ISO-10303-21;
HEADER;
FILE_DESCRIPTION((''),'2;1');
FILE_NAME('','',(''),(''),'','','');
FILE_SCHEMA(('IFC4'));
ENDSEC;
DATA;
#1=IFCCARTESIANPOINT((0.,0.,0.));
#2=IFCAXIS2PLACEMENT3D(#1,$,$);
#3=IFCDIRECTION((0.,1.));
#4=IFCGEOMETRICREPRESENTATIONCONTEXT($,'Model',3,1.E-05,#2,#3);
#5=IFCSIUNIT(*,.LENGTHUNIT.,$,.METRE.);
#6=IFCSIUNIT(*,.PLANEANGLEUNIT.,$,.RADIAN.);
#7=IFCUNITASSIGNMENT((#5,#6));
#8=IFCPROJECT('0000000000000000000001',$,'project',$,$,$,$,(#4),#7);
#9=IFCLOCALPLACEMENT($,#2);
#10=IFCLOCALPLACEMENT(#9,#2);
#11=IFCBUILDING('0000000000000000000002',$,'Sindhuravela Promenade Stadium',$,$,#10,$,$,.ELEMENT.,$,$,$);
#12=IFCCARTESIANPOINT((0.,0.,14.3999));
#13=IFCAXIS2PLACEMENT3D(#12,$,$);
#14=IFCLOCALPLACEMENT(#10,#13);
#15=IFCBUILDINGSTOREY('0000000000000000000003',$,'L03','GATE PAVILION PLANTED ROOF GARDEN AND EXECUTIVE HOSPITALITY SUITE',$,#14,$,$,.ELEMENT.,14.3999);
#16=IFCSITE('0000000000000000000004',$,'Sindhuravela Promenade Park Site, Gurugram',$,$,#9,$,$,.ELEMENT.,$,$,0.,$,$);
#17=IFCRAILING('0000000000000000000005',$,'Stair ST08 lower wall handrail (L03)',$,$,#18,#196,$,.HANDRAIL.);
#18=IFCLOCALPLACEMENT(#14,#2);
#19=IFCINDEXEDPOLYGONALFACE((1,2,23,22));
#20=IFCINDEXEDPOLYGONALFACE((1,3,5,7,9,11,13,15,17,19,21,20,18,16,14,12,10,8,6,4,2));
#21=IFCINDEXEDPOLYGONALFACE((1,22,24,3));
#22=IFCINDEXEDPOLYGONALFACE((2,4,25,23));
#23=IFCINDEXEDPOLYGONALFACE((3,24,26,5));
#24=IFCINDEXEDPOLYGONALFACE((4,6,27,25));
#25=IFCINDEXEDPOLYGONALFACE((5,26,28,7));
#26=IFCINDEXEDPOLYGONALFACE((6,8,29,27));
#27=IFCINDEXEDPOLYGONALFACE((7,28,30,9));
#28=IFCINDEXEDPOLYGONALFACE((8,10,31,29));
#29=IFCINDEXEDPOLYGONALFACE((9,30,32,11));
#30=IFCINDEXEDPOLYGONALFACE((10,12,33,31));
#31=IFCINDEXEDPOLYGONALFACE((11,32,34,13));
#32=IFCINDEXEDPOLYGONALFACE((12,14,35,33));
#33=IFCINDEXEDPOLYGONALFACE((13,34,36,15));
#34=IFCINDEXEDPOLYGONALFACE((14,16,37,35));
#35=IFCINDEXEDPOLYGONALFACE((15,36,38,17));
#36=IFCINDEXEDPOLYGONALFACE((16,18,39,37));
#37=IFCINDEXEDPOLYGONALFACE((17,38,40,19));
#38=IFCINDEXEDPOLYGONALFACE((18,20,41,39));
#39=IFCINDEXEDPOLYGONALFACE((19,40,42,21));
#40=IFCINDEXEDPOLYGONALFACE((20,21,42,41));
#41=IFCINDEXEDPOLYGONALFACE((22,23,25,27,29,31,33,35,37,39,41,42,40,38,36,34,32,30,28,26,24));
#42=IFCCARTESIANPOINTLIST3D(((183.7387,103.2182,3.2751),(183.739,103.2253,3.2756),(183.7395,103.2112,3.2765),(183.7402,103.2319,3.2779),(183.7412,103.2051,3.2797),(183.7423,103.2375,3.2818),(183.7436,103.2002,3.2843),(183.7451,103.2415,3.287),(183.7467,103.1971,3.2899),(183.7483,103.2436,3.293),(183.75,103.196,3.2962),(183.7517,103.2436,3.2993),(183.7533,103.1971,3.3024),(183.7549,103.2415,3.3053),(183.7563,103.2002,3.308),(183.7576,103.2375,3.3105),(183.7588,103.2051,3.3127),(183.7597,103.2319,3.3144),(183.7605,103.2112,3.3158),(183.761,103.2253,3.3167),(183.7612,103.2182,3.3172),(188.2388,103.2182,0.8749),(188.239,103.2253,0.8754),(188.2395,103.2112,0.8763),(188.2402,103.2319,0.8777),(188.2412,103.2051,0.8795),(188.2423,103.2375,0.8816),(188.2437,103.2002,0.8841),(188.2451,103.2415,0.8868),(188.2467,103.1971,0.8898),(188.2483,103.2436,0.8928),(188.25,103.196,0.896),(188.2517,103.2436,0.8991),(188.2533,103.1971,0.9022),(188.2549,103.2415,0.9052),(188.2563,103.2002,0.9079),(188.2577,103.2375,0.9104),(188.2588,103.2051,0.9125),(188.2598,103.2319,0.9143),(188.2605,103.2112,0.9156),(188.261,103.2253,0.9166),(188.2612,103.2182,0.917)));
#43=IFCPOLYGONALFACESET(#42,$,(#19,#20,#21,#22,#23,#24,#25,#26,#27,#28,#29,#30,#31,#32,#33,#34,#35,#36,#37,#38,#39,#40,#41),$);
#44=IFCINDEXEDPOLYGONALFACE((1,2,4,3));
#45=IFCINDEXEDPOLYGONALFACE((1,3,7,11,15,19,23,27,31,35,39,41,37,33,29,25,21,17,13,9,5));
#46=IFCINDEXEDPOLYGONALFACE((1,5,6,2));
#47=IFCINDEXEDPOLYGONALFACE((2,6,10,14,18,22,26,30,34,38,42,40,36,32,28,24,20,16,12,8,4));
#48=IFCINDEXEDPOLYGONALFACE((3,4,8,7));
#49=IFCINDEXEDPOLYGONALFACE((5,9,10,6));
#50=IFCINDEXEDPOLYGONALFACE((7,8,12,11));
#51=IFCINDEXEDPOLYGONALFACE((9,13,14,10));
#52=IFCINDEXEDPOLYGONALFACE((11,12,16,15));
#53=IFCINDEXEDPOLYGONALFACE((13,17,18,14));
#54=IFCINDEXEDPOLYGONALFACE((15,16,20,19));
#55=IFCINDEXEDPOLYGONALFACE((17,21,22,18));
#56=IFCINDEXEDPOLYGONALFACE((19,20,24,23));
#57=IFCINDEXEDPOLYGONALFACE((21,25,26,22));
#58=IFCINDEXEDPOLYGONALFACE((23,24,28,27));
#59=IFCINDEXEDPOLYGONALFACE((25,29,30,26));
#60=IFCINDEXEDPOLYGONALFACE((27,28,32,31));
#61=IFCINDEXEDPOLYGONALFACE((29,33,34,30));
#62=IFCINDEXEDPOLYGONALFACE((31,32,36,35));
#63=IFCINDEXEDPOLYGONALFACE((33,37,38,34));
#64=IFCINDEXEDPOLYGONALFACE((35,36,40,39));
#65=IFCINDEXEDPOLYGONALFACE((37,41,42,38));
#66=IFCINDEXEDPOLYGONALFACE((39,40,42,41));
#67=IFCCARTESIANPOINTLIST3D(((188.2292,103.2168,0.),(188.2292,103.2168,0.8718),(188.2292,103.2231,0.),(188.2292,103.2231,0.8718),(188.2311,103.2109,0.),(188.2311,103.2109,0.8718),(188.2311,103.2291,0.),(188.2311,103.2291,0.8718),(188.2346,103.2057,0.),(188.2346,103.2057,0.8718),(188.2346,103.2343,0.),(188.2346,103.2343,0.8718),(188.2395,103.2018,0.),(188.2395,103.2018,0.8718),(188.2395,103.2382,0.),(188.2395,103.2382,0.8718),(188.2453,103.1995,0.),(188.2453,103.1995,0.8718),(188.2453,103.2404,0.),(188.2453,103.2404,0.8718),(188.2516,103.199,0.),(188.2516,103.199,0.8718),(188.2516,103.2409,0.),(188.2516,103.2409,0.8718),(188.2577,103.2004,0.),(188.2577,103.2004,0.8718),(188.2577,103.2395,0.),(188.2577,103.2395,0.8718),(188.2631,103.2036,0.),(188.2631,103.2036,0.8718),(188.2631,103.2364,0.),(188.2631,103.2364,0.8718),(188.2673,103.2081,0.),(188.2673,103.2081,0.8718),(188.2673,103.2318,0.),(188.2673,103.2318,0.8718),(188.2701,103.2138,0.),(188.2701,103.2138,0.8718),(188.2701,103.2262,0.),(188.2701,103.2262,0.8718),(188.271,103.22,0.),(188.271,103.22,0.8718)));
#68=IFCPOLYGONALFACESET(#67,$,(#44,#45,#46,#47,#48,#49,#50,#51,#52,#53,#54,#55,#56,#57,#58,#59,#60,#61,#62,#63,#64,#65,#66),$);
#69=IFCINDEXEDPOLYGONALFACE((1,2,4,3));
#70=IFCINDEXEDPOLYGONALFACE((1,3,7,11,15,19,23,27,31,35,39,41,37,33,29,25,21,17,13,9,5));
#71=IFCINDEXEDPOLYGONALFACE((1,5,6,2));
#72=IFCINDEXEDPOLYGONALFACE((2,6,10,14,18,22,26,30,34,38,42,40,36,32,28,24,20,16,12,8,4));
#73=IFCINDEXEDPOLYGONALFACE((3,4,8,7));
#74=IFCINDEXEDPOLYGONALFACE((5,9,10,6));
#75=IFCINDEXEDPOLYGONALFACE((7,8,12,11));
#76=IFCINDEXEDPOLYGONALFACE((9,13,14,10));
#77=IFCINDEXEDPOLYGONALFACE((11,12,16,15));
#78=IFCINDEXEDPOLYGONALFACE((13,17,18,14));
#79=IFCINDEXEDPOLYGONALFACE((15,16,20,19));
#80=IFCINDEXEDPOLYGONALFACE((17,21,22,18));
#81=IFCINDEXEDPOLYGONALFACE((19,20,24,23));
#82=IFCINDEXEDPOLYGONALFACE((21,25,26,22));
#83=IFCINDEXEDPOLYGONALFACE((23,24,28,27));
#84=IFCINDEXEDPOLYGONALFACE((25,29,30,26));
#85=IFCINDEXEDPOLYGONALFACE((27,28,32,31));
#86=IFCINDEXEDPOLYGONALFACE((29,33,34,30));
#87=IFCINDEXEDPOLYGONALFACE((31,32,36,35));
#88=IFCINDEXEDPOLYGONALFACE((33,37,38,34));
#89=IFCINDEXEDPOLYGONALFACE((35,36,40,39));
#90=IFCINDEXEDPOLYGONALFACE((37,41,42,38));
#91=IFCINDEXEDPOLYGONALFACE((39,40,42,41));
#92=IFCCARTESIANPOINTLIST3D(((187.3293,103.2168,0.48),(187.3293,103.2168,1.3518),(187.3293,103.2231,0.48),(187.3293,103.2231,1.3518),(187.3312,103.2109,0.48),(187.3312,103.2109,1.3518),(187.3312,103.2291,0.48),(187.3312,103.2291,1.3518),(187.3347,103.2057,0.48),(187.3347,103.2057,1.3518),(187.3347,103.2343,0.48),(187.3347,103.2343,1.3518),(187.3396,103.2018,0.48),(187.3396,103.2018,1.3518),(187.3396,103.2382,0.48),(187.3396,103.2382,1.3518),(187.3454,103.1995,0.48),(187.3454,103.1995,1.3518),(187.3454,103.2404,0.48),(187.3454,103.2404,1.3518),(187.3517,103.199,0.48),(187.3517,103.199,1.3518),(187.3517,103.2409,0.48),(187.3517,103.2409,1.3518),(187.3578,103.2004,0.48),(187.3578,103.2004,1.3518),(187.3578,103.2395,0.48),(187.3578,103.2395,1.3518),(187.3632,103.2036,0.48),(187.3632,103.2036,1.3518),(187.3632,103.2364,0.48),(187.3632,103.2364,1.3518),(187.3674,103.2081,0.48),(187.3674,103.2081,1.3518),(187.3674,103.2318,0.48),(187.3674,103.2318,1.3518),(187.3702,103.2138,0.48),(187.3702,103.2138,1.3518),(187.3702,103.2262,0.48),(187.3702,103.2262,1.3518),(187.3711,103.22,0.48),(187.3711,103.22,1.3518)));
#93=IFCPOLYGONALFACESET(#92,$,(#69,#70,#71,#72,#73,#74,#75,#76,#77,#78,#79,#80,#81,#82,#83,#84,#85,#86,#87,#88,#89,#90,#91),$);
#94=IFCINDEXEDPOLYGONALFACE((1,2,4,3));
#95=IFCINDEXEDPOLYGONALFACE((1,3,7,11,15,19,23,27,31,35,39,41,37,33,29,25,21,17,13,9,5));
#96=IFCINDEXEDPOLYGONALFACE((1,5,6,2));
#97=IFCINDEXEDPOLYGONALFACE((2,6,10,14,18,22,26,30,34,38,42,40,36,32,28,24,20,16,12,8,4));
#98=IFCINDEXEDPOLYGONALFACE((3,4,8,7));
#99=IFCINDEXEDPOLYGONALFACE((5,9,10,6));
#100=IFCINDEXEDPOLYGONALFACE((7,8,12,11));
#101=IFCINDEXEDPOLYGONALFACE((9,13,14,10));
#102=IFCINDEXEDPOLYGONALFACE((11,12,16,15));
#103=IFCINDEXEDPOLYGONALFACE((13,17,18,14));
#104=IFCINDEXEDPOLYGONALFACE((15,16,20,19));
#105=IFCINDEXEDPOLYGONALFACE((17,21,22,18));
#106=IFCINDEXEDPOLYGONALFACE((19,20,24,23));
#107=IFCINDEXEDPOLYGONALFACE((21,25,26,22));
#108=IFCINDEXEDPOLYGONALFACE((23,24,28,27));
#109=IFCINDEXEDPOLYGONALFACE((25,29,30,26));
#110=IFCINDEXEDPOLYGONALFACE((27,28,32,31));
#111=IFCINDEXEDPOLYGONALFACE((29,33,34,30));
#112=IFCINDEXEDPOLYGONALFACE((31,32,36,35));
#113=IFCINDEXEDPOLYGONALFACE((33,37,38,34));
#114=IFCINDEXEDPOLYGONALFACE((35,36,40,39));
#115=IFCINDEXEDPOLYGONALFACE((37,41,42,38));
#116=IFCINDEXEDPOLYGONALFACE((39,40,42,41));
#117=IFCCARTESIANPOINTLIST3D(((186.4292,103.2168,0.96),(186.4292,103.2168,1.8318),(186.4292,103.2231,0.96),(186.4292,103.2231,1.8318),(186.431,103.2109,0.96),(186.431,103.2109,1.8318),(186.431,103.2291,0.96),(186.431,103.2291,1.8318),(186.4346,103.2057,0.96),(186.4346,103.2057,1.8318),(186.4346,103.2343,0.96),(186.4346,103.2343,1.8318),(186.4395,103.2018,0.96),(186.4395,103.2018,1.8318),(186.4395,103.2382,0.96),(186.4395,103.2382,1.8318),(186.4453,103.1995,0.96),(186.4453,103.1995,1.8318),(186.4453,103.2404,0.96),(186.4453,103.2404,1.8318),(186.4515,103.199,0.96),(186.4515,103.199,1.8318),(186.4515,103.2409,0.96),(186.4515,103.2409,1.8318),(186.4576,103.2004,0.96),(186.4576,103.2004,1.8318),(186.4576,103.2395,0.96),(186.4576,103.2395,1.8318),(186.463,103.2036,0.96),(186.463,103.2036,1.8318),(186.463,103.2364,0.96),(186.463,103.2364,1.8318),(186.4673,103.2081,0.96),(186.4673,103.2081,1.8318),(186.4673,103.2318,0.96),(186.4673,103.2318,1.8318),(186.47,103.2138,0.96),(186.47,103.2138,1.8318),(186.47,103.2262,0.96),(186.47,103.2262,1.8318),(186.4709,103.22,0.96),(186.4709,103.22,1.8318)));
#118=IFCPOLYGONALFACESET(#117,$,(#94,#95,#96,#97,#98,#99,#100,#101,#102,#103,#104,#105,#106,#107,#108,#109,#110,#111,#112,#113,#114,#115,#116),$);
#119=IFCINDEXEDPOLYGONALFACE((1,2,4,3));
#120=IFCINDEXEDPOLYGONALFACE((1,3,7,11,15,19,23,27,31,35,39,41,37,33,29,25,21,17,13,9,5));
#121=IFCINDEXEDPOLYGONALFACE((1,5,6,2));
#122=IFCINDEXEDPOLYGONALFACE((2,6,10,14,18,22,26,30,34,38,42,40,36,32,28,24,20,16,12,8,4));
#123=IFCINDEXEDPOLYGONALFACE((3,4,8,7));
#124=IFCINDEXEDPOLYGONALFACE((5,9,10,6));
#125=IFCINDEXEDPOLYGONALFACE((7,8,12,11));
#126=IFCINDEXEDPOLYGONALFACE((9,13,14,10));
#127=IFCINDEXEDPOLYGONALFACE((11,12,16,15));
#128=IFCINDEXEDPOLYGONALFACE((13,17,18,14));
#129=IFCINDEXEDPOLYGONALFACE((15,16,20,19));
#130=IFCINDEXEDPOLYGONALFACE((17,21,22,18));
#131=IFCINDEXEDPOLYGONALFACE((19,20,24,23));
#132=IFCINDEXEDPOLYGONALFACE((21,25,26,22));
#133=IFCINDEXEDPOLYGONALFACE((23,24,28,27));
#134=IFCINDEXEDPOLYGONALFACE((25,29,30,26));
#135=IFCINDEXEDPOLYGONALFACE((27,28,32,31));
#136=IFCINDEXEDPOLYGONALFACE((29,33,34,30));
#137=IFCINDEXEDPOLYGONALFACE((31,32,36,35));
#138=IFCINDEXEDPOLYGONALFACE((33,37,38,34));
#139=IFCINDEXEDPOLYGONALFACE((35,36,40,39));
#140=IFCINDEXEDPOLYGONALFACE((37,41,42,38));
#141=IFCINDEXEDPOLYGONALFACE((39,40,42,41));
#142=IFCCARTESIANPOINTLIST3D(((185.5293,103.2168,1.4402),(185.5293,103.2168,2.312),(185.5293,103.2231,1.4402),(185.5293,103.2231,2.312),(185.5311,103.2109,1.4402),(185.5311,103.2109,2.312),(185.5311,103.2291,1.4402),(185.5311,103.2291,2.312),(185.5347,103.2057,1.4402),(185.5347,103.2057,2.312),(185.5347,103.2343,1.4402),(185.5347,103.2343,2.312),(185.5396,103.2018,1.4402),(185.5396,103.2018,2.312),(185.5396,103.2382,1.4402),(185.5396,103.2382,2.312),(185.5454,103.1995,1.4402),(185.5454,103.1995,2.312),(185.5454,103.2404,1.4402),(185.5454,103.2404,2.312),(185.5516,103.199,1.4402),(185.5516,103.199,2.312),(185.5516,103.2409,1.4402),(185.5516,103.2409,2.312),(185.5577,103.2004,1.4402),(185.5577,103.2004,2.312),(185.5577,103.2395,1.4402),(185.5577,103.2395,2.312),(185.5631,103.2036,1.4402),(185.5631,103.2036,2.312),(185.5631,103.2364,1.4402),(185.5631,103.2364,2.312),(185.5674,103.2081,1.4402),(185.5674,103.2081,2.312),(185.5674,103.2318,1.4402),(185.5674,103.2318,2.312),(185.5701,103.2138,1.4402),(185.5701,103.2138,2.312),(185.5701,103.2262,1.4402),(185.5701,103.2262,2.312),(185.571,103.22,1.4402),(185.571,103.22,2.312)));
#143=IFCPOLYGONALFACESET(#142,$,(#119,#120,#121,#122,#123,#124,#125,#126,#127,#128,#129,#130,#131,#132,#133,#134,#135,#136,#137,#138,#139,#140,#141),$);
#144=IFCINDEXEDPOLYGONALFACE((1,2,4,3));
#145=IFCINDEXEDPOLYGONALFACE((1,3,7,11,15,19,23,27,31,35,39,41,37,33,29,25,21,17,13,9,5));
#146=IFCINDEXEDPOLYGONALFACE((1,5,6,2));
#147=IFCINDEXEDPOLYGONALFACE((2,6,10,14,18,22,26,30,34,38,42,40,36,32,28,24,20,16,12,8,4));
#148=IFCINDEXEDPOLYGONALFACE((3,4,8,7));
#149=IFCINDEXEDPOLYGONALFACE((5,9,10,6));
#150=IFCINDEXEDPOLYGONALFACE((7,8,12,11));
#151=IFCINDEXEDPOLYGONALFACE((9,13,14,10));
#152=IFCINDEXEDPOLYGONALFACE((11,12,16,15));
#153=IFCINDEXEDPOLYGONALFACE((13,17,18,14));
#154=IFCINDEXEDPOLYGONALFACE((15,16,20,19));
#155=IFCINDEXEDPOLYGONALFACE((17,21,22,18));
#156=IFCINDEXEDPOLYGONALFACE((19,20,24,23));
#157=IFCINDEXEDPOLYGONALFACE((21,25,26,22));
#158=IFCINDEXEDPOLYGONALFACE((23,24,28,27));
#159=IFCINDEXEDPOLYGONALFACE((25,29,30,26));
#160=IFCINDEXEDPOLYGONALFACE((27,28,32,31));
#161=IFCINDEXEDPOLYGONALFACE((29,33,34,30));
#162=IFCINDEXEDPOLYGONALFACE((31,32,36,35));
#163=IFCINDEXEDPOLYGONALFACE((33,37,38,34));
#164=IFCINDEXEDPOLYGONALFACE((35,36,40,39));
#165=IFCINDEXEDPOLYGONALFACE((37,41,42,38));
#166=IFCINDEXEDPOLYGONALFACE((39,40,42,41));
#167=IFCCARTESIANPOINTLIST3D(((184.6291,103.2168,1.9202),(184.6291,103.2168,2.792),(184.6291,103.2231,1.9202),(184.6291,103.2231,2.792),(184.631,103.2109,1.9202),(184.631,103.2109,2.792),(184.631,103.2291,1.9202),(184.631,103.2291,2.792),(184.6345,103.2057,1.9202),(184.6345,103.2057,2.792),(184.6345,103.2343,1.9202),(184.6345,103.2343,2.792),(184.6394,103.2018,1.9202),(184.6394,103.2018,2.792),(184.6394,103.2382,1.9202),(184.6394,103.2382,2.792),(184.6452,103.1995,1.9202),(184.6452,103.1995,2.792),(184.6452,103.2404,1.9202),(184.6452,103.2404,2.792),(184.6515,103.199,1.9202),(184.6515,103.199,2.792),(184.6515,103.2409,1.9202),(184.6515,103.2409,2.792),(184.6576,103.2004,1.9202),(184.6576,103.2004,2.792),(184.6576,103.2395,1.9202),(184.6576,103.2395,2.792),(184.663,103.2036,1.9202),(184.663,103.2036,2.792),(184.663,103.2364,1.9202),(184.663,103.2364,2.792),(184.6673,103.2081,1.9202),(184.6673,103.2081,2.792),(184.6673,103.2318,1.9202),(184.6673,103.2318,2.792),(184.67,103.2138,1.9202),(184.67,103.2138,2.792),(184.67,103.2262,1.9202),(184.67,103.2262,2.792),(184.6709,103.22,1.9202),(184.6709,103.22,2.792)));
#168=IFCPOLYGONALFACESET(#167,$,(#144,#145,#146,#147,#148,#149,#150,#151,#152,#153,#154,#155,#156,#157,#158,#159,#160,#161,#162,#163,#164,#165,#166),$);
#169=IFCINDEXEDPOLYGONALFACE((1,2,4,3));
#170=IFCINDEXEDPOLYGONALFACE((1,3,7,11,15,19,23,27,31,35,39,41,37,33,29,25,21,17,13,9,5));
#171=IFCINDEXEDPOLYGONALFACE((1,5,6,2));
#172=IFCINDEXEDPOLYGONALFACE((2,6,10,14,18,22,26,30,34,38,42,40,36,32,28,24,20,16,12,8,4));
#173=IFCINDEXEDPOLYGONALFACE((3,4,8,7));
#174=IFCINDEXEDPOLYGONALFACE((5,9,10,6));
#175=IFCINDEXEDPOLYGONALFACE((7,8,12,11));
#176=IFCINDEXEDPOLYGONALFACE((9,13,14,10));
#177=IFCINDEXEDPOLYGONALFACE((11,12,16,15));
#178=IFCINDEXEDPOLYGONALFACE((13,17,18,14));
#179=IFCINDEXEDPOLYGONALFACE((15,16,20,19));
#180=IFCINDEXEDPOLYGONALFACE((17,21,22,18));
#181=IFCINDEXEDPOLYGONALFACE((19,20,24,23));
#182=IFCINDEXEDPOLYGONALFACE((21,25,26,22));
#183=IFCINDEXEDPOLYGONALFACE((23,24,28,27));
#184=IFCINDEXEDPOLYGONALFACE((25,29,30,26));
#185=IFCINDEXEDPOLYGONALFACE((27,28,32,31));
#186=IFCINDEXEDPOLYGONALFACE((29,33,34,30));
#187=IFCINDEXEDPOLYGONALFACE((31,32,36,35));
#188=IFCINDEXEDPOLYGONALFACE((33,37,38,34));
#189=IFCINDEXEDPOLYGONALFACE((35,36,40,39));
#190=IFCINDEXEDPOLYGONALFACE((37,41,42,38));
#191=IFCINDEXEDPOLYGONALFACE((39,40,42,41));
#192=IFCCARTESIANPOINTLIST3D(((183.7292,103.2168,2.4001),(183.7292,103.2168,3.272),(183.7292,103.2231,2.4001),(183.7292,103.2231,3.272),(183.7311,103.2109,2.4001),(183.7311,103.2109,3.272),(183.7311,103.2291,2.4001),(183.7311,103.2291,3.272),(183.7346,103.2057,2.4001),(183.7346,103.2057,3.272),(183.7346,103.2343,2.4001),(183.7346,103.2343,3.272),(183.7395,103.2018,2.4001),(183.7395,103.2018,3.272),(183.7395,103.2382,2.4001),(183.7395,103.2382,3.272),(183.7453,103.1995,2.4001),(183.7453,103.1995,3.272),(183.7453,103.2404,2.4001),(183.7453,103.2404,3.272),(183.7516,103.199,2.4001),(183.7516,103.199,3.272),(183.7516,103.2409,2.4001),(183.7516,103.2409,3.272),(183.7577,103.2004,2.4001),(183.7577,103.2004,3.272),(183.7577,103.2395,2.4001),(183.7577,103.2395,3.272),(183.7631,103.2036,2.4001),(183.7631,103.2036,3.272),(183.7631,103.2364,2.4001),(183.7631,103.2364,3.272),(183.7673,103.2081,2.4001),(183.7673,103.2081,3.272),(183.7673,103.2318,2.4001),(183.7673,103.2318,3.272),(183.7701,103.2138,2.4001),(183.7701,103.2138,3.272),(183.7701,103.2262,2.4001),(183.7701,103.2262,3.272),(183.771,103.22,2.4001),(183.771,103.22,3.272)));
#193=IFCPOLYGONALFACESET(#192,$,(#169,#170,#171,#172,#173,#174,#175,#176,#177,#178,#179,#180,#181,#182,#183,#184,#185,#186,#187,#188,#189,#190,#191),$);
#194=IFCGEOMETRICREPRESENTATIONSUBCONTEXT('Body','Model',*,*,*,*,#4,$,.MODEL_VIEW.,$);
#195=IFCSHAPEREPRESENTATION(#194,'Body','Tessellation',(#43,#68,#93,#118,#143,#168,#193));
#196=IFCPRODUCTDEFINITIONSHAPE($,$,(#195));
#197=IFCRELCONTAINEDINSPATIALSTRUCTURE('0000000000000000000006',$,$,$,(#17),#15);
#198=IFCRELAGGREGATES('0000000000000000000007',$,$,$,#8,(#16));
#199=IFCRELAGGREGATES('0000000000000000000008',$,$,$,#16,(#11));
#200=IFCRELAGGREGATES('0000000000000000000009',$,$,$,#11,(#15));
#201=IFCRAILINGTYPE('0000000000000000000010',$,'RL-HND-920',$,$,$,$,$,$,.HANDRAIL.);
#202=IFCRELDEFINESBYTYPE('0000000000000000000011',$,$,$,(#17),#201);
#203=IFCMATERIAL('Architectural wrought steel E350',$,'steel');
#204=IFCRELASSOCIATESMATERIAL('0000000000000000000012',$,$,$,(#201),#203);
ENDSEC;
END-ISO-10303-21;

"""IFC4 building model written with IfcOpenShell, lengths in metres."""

from ifc_helpers import new_model, si_unit, direction, frame, origin, origin_2d, place, context, subcontext, project, spatial, circle, extrude, material, type_object, element, save


model = new_model("IFC4")

# Units and contexts
model_context = context("Model", 3, precision=1e-05, world=origin(), true_north=direction((0.0, 1.0)))
body_context = subcontext(model_context, "Body", "Model", "MODEL_VIEW")
ifc_project = project(units=[si_unit("LENGTHUNIT", "METRE"), si_unit("PLANEANGLEUNIT", "RADIAN")], contexts=[model_context])

# Site, building, storey
site_placement = place(None, origin())
site = spatial("IfcSite", under=ifc_project, at=site_placement, Name="Sindhuravela Promenade Park Site, Gurugram", CompositionType="ELEMENT", RefElevation=0.0)
building_placement = place(site_placement, origin())
building = spatial("IfcBuilding", under=site, at=building_placement, Name="Sindhuravela Promenade Stadium", CompositionType="ELEMENT")
storey_placement = place(building_placement, frame((0.0, 0.0, 14.3999)))
storey = spatial("IfcBuildingStorey", under=building, at=storey_placement, Name="L03", Description="GATE PAVILION PLANTED ROOF GARDEN AND EXECUTIVE HOSPITALITY SUITE", CompositionType="ELEMENT", Elevation=14.3999)

# Shared definitions
ifc_material_1 = material(Name="Architectural wrought steel E350", Category="steel")

# Railing
railing_type_1 = type_object("IfcRailingType", Name="RL-HND-920", PredefinedType="HANDRAIL", material=ifc_material_1)
railing_1_placement = place(storey_placement, frame((188.25, 103.22, 0.0)))
element("IfcRailing", 1, at=railing_1_placement, inside=storey, type_object=railing_type_1, Name="Stair ST08 lower wall handrail (L03)", PredefinedType="HANDRAIL", context=body_context, shape_type="SweptSolid", body=[
    extrude(circle(Radius=0.0239, at=origin_2d()), frame((0.0, 0.0, 0.896), z_axis=(-0.882341, 0.0, 0.470611), x_axis=(0.0, -1.0, 0.0)), (0.0, 0.0, 1.0), 5.1001),
    extrude(circle(Radius=0.021, at=origin_2d()), origin(), (0.0, 0.0, 1.0), 0.8718),
    extrude(circle(Radius=0.021, at=origin_2d()), frame((-0.8999, 0.0, 0.48)), (0.0, 0.0, 1.0), 0.8718),
    extrude(circle(Radius=0.021, at=origin_2d()), frame((-1.8, 0.0, 0.96)), (0.0, 0.0, 1.0), 0.8718),
    extrude(circle(Radius=0.021, at=origin_2d()), frame((-2.7, 0.0, 1.4402)), (0.0, 0.0, 1.0), 0.8718),
    extrude(circle(Radius=0.021, at=origin_2d()), frame((-3.6001, 0.0, 1.9202)), (0.0, 0.0, 1.0), 0.8718),
    extrude(circle(Radius=0.021, at=origin_2d()), frame((-4.5, 0.0, 2.4001)), (0.0, 0.0, 1.0), 0.8718),
])

save(model, "model.ifc")
